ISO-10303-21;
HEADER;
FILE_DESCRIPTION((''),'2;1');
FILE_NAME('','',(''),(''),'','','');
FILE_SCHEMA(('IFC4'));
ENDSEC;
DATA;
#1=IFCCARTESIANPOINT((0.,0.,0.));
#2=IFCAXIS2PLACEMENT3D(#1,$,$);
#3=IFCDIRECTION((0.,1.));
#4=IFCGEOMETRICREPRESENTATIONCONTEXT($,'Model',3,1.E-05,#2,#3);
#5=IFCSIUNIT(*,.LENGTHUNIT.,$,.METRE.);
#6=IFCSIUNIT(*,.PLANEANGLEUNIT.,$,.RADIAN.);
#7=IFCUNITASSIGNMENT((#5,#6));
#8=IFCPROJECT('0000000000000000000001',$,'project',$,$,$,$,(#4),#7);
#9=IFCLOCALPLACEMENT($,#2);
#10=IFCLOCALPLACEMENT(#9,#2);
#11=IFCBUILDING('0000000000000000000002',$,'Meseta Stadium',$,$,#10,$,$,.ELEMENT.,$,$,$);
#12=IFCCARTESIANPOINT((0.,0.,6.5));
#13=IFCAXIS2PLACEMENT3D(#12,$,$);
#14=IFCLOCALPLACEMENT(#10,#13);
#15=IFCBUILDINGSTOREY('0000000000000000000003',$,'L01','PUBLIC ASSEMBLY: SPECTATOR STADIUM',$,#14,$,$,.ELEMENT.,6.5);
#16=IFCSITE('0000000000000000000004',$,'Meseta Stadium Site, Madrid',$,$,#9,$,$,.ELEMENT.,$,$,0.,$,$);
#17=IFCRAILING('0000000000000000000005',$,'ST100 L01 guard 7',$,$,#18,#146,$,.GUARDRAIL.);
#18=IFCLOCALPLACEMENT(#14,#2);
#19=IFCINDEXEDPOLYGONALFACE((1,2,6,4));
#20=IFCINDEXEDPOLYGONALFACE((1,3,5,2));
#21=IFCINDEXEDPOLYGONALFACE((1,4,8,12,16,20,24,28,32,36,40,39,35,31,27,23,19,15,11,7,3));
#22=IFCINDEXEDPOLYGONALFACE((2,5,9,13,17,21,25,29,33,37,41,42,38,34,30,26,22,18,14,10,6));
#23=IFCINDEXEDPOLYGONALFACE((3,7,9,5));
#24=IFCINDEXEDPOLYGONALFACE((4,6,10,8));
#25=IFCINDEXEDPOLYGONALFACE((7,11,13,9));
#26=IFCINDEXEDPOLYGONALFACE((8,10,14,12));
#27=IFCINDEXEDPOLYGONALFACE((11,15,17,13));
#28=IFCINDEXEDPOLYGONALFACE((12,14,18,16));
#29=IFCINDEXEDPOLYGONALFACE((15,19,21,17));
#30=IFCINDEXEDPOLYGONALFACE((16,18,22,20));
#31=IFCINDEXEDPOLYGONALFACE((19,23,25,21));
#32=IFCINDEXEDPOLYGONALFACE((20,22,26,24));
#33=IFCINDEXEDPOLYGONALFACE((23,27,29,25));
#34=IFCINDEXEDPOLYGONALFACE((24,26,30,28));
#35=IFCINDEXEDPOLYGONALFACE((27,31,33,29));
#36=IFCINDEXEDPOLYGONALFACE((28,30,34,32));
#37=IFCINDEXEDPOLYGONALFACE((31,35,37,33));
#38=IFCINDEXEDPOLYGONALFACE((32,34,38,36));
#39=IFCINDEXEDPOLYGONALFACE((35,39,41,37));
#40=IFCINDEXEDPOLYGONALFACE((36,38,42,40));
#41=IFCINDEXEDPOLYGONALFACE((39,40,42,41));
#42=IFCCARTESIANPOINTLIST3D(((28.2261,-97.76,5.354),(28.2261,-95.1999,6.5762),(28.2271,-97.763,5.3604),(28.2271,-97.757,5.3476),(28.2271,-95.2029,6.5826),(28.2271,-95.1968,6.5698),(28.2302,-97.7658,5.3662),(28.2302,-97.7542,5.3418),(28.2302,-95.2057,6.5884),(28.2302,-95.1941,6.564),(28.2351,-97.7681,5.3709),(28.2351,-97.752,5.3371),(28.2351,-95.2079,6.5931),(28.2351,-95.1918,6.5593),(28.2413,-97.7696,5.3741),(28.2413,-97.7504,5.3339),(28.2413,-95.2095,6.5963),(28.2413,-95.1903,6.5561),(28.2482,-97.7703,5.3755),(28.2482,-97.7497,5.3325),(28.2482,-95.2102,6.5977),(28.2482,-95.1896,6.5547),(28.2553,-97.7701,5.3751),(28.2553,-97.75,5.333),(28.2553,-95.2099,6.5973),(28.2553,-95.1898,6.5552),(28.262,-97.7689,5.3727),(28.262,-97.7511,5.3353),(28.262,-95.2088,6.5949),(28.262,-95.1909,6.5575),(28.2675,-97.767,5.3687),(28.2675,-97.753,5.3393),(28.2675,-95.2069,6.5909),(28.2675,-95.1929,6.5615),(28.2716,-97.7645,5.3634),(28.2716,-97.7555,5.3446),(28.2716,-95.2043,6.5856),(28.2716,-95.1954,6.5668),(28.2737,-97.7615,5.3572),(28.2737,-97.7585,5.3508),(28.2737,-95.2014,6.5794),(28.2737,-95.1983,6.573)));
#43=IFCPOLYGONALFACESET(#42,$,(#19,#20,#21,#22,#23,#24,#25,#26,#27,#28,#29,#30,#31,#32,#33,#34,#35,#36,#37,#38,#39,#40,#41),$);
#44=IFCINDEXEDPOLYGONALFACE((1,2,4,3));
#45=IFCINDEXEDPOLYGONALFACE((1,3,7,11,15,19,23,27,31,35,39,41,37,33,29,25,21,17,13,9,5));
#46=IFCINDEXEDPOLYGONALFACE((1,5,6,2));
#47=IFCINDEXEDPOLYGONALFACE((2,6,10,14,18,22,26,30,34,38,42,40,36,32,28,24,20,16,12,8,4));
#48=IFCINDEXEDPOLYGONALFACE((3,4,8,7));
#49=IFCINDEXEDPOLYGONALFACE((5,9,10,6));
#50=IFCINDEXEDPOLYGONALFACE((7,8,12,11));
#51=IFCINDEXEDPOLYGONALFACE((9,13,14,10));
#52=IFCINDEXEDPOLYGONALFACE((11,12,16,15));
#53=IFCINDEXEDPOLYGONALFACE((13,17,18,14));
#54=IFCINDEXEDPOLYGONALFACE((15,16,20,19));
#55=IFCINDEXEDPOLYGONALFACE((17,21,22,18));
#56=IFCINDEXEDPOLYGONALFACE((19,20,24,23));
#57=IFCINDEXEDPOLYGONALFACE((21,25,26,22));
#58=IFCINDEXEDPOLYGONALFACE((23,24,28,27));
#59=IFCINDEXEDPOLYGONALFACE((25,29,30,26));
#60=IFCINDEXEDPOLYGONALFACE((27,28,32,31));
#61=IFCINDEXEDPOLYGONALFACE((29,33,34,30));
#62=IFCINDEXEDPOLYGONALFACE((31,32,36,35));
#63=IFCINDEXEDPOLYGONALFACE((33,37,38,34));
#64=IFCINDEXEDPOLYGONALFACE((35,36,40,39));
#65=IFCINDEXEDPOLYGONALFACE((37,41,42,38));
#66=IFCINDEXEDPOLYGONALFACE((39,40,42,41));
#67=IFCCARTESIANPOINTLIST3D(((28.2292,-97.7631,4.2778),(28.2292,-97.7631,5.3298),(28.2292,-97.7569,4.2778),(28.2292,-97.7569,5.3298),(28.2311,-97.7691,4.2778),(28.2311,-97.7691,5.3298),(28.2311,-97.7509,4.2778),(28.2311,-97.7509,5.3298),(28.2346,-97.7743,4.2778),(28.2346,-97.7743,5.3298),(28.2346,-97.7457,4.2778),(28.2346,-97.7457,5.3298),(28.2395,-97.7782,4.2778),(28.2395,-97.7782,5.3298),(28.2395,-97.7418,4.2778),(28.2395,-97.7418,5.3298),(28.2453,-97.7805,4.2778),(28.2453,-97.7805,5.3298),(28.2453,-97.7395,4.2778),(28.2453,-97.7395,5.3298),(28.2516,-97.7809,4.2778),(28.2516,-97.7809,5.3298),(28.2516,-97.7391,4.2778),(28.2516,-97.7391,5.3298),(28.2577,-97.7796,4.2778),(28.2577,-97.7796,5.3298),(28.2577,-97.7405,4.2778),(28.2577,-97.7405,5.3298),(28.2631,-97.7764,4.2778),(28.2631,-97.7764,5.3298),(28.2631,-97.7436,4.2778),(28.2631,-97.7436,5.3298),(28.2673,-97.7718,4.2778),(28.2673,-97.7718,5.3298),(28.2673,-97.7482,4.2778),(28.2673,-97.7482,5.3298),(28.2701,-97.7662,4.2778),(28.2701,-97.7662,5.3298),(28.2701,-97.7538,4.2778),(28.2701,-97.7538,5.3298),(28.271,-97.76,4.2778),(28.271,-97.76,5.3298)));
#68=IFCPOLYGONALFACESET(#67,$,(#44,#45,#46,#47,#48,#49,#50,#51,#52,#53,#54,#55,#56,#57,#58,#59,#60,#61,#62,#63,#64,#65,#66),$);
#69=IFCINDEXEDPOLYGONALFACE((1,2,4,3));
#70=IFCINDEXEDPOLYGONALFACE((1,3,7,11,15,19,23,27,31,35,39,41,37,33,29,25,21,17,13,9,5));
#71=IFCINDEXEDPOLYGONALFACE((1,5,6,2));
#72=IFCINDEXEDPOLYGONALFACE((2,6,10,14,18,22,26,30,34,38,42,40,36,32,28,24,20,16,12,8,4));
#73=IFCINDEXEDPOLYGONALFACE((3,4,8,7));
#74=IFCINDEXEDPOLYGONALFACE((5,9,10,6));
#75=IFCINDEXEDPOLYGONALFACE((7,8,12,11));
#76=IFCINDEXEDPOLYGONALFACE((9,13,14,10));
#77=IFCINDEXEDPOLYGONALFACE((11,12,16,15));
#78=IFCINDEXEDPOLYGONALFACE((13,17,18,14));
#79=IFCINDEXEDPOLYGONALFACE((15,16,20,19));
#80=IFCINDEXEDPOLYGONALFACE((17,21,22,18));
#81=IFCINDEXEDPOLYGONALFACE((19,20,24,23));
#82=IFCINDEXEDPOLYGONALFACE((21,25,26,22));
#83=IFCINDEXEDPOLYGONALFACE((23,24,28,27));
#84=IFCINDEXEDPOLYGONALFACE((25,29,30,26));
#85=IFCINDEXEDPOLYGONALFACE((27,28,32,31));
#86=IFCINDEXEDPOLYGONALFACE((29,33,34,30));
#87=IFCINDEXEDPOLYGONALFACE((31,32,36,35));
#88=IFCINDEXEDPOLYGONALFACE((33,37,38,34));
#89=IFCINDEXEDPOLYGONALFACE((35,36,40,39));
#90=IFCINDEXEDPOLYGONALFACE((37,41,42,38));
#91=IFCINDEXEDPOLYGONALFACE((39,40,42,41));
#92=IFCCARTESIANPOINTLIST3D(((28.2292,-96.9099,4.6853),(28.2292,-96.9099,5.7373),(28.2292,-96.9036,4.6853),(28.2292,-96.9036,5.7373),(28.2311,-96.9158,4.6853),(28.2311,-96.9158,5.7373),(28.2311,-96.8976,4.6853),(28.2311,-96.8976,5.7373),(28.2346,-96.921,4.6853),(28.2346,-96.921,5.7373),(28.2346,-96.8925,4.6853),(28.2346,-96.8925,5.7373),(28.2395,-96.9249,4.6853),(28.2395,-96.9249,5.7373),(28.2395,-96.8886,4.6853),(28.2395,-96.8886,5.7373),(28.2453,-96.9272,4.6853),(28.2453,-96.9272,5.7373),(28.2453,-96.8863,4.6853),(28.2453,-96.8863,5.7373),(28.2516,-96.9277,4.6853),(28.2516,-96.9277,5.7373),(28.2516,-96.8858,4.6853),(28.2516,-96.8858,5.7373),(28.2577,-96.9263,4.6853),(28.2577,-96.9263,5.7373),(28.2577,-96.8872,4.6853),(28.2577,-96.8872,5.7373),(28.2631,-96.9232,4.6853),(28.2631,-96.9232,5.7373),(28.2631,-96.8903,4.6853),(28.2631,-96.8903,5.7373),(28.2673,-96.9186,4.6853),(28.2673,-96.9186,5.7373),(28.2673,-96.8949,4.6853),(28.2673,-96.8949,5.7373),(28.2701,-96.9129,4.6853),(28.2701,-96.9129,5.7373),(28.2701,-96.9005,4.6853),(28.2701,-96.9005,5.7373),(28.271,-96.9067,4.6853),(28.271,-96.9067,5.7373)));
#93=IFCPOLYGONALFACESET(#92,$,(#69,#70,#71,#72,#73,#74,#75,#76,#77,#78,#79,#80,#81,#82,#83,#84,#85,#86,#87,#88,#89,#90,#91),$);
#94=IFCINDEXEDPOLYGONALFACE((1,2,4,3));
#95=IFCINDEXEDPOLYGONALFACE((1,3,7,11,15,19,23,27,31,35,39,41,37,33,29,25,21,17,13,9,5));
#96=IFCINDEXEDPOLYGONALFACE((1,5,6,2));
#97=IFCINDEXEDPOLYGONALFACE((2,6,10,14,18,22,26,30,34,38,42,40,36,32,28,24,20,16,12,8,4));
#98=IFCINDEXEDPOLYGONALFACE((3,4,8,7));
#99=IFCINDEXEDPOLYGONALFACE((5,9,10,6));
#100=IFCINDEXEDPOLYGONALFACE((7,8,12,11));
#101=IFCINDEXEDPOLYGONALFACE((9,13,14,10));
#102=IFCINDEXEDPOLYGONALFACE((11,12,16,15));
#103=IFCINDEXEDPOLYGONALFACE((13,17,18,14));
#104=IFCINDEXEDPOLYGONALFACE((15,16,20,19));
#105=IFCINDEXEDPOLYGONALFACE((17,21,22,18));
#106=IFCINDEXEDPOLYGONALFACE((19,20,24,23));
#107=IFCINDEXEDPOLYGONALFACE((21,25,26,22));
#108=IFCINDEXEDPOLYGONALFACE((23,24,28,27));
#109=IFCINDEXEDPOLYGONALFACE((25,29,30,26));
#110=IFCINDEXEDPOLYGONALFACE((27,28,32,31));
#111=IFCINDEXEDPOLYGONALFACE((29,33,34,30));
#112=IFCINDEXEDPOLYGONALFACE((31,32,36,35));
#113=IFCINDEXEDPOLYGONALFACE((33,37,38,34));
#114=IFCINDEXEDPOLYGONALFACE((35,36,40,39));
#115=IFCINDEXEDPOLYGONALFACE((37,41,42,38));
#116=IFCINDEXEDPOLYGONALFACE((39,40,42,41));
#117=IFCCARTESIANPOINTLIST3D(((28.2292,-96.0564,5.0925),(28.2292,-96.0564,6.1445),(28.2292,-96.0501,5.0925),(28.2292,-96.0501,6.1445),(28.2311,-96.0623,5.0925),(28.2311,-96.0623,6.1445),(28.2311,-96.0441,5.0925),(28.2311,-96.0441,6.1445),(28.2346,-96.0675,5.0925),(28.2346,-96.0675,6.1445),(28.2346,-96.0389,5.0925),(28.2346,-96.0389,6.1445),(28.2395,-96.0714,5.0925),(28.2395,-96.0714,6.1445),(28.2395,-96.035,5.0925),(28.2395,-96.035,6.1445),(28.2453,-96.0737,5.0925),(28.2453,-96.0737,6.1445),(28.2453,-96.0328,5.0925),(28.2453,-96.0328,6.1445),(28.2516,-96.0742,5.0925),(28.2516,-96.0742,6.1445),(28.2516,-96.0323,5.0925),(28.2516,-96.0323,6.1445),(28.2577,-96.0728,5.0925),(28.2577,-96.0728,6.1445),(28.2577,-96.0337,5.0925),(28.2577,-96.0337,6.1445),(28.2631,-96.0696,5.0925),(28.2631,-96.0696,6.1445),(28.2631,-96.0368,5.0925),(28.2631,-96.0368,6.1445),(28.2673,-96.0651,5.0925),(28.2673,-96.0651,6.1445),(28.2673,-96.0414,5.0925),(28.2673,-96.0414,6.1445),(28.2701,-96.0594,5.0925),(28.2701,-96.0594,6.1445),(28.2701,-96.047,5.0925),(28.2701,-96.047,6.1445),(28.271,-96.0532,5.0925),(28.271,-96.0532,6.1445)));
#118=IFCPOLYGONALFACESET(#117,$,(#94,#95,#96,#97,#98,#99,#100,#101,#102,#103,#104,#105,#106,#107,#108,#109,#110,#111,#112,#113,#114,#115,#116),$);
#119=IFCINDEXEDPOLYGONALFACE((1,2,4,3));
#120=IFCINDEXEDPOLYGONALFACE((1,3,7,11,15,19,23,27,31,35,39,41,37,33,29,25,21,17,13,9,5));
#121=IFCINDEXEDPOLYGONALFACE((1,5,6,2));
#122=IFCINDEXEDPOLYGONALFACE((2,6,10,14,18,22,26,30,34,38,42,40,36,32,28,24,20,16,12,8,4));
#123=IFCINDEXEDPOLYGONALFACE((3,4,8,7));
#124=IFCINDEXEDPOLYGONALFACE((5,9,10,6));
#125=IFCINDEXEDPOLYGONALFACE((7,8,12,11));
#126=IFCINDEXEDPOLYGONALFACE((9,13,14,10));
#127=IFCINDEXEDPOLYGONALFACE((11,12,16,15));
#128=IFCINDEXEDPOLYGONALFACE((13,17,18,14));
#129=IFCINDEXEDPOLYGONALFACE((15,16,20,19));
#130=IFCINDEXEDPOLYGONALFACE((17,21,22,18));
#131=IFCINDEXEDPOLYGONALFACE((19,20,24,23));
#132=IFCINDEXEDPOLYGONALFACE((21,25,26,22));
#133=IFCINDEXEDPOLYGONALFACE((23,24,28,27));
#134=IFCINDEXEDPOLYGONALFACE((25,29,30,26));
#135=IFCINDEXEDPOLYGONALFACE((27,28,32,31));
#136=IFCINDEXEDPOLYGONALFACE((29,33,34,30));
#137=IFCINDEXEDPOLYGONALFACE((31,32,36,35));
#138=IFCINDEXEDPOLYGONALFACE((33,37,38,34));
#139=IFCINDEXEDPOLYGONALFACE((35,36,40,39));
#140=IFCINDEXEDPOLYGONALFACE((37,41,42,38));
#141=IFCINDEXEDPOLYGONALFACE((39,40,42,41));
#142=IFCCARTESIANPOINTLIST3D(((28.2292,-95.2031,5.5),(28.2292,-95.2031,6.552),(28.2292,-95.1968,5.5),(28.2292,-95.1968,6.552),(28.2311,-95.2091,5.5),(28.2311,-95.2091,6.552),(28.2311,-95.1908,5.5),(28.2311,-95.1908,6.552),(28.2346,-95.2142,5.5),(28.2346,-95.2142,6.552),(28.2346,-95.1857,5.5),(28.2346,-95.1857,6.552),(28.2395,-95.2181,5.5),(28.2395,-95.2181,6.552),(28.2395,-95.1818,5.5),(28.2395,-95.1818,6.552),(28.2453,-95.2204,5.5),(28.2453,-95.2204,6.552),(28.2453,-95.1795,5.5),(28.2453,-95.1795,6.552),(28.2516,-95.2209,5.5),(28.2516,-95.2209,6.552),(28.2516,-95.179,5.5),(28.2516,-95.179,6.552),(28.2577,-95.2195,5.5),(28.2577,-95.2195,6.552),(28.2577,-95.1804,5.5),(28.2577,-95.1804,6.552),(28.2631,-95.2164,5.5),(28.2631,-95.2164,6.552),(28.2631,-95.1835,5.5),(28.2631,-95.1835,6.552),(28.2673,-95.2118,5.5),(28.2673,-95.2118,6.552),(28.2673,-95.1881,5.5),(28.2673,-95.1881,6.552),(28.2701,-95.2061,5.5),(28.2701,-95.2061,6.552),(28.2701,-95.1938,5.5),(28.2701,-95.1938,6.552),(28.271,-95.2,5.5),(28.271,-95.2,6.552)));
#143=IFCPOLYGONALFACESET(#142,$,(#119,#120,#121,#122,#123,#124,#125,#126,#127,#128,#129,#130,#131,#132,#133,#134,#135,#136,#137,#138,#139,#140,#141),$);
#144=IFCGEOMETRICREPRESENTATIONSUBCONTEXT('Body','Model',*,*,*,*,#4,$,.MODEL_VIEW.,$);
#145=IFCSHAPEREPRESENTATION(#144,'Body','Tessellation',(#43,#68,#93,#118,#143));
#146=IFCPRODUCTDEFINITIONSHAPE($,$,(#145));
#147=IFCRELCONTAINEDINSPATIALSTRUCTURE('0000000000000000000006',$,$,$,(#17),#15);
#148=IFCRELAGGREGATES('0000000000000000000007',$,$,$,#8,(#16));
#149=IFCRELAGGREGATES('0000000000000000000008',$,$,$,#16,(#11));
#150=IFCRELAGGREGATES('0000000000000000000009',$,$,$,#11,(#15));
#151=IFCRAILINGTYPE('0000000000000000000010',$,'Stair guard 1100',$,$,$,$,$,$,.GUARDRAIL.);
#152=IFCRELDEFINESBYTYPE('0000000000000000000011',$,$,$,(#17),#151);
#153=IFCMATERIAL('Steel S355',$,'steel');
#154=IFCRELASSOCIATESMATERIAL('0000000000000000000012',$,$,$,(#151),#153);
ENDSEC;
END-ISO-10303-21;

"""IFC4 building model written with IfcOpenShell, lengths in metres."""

from ifc_helpers import new_model, si_unit, direction, frame, origin, origin_2d, place, context, subcontext, project, spatial, circle, extrude, material, type_object, element, save


model = new_model("IFC4")

# Units and contexts
model_context = context("Model", 3, precision=1e-05, world=origin(), true_north=direction((0.0, 1.0)))
body_context = subcontext(model_context, "Body", "Model", "MODEL_VIEW")
ifc_project = project(units=[si_unit("LENGTHUNIT", "METRE"), si_unit("PLANEANGLEUNIT", "RADIAN")], contexts=[model_context])

# Site, building, storey
site_placement = place(None, origin())
site = spatial("IfcSite", under=ifc_project, at=site_placement, Name="Meseta Stadium Site, Madrid", CompositionType="ELEMENT", RefElevation=0.0)
building_placement = place(site_placement, origin())
building = spatial("IfcBuilding", under=site, at=building_placement, Name="Meseta Stadium", CompositionType="ELEMENT")
storey_placement = place(building_placement, frame((0.0, 0.0, 6.5)))
storey = spatial("IfcBuildingStorey", under=building, at=storey_placement, Name="L01", Description="PUBLIC ASSEMBLY: SPECTATOR STADIUM", CompositionType="ELEMENT", Elevation=6.5)

# Railing
ifc_material_1 = material(Name="Steel S355", Category="steel")
railing_type = type_object("IfcRailingType", Name="Stair guard 1100", PredefinedType="GUARDRAIL", material=ifc_material_1)
railing_1_placement = place(storey_placement, frame((28.25, -97.76, 4.2778)))
element("IfcRailing", 1, at=railing_1_placement, inside=storey, type_object=railing_type, Name="ST100 L01 guard 7", PredefinedType="GUARDRAIL", context=body_context, shape_type="SweptSolid", body=[
    extrude(circle(Radius=0.0239, at=origin_2d()), frame((0.0, 0.0, 1.0762), z_axis=(0.0, 0.902437, 0.430822), x_axis=(-1.0, 0.0, 0.0)), (0.0, 0.0, 1.0), 2.8369),
    extrude(circle(Radius=0.021, at=origin_2d()), origin(), (0.0, 0.0, 1.0), 1.052),
    extrude(circle(Radius=0.021, at=origin_2d()), frame((0.0, 0.8533, 0.4075)), (0.0, 0.0, 1.0), 1.052),
    extrude(circle(Radius=0.021, at=origin_2d()), frame((0.0, 1.7068, 0.8147)), (0.0, 0.0, 1.0), 1.052),
    extrude(circle(Radius=0.021, at=origin_2d()), frame((0.0, 2.5601, 1.2222)), (0.0, 0.0, 1.0), 1.052),
])

save(model, "model.ifc")
